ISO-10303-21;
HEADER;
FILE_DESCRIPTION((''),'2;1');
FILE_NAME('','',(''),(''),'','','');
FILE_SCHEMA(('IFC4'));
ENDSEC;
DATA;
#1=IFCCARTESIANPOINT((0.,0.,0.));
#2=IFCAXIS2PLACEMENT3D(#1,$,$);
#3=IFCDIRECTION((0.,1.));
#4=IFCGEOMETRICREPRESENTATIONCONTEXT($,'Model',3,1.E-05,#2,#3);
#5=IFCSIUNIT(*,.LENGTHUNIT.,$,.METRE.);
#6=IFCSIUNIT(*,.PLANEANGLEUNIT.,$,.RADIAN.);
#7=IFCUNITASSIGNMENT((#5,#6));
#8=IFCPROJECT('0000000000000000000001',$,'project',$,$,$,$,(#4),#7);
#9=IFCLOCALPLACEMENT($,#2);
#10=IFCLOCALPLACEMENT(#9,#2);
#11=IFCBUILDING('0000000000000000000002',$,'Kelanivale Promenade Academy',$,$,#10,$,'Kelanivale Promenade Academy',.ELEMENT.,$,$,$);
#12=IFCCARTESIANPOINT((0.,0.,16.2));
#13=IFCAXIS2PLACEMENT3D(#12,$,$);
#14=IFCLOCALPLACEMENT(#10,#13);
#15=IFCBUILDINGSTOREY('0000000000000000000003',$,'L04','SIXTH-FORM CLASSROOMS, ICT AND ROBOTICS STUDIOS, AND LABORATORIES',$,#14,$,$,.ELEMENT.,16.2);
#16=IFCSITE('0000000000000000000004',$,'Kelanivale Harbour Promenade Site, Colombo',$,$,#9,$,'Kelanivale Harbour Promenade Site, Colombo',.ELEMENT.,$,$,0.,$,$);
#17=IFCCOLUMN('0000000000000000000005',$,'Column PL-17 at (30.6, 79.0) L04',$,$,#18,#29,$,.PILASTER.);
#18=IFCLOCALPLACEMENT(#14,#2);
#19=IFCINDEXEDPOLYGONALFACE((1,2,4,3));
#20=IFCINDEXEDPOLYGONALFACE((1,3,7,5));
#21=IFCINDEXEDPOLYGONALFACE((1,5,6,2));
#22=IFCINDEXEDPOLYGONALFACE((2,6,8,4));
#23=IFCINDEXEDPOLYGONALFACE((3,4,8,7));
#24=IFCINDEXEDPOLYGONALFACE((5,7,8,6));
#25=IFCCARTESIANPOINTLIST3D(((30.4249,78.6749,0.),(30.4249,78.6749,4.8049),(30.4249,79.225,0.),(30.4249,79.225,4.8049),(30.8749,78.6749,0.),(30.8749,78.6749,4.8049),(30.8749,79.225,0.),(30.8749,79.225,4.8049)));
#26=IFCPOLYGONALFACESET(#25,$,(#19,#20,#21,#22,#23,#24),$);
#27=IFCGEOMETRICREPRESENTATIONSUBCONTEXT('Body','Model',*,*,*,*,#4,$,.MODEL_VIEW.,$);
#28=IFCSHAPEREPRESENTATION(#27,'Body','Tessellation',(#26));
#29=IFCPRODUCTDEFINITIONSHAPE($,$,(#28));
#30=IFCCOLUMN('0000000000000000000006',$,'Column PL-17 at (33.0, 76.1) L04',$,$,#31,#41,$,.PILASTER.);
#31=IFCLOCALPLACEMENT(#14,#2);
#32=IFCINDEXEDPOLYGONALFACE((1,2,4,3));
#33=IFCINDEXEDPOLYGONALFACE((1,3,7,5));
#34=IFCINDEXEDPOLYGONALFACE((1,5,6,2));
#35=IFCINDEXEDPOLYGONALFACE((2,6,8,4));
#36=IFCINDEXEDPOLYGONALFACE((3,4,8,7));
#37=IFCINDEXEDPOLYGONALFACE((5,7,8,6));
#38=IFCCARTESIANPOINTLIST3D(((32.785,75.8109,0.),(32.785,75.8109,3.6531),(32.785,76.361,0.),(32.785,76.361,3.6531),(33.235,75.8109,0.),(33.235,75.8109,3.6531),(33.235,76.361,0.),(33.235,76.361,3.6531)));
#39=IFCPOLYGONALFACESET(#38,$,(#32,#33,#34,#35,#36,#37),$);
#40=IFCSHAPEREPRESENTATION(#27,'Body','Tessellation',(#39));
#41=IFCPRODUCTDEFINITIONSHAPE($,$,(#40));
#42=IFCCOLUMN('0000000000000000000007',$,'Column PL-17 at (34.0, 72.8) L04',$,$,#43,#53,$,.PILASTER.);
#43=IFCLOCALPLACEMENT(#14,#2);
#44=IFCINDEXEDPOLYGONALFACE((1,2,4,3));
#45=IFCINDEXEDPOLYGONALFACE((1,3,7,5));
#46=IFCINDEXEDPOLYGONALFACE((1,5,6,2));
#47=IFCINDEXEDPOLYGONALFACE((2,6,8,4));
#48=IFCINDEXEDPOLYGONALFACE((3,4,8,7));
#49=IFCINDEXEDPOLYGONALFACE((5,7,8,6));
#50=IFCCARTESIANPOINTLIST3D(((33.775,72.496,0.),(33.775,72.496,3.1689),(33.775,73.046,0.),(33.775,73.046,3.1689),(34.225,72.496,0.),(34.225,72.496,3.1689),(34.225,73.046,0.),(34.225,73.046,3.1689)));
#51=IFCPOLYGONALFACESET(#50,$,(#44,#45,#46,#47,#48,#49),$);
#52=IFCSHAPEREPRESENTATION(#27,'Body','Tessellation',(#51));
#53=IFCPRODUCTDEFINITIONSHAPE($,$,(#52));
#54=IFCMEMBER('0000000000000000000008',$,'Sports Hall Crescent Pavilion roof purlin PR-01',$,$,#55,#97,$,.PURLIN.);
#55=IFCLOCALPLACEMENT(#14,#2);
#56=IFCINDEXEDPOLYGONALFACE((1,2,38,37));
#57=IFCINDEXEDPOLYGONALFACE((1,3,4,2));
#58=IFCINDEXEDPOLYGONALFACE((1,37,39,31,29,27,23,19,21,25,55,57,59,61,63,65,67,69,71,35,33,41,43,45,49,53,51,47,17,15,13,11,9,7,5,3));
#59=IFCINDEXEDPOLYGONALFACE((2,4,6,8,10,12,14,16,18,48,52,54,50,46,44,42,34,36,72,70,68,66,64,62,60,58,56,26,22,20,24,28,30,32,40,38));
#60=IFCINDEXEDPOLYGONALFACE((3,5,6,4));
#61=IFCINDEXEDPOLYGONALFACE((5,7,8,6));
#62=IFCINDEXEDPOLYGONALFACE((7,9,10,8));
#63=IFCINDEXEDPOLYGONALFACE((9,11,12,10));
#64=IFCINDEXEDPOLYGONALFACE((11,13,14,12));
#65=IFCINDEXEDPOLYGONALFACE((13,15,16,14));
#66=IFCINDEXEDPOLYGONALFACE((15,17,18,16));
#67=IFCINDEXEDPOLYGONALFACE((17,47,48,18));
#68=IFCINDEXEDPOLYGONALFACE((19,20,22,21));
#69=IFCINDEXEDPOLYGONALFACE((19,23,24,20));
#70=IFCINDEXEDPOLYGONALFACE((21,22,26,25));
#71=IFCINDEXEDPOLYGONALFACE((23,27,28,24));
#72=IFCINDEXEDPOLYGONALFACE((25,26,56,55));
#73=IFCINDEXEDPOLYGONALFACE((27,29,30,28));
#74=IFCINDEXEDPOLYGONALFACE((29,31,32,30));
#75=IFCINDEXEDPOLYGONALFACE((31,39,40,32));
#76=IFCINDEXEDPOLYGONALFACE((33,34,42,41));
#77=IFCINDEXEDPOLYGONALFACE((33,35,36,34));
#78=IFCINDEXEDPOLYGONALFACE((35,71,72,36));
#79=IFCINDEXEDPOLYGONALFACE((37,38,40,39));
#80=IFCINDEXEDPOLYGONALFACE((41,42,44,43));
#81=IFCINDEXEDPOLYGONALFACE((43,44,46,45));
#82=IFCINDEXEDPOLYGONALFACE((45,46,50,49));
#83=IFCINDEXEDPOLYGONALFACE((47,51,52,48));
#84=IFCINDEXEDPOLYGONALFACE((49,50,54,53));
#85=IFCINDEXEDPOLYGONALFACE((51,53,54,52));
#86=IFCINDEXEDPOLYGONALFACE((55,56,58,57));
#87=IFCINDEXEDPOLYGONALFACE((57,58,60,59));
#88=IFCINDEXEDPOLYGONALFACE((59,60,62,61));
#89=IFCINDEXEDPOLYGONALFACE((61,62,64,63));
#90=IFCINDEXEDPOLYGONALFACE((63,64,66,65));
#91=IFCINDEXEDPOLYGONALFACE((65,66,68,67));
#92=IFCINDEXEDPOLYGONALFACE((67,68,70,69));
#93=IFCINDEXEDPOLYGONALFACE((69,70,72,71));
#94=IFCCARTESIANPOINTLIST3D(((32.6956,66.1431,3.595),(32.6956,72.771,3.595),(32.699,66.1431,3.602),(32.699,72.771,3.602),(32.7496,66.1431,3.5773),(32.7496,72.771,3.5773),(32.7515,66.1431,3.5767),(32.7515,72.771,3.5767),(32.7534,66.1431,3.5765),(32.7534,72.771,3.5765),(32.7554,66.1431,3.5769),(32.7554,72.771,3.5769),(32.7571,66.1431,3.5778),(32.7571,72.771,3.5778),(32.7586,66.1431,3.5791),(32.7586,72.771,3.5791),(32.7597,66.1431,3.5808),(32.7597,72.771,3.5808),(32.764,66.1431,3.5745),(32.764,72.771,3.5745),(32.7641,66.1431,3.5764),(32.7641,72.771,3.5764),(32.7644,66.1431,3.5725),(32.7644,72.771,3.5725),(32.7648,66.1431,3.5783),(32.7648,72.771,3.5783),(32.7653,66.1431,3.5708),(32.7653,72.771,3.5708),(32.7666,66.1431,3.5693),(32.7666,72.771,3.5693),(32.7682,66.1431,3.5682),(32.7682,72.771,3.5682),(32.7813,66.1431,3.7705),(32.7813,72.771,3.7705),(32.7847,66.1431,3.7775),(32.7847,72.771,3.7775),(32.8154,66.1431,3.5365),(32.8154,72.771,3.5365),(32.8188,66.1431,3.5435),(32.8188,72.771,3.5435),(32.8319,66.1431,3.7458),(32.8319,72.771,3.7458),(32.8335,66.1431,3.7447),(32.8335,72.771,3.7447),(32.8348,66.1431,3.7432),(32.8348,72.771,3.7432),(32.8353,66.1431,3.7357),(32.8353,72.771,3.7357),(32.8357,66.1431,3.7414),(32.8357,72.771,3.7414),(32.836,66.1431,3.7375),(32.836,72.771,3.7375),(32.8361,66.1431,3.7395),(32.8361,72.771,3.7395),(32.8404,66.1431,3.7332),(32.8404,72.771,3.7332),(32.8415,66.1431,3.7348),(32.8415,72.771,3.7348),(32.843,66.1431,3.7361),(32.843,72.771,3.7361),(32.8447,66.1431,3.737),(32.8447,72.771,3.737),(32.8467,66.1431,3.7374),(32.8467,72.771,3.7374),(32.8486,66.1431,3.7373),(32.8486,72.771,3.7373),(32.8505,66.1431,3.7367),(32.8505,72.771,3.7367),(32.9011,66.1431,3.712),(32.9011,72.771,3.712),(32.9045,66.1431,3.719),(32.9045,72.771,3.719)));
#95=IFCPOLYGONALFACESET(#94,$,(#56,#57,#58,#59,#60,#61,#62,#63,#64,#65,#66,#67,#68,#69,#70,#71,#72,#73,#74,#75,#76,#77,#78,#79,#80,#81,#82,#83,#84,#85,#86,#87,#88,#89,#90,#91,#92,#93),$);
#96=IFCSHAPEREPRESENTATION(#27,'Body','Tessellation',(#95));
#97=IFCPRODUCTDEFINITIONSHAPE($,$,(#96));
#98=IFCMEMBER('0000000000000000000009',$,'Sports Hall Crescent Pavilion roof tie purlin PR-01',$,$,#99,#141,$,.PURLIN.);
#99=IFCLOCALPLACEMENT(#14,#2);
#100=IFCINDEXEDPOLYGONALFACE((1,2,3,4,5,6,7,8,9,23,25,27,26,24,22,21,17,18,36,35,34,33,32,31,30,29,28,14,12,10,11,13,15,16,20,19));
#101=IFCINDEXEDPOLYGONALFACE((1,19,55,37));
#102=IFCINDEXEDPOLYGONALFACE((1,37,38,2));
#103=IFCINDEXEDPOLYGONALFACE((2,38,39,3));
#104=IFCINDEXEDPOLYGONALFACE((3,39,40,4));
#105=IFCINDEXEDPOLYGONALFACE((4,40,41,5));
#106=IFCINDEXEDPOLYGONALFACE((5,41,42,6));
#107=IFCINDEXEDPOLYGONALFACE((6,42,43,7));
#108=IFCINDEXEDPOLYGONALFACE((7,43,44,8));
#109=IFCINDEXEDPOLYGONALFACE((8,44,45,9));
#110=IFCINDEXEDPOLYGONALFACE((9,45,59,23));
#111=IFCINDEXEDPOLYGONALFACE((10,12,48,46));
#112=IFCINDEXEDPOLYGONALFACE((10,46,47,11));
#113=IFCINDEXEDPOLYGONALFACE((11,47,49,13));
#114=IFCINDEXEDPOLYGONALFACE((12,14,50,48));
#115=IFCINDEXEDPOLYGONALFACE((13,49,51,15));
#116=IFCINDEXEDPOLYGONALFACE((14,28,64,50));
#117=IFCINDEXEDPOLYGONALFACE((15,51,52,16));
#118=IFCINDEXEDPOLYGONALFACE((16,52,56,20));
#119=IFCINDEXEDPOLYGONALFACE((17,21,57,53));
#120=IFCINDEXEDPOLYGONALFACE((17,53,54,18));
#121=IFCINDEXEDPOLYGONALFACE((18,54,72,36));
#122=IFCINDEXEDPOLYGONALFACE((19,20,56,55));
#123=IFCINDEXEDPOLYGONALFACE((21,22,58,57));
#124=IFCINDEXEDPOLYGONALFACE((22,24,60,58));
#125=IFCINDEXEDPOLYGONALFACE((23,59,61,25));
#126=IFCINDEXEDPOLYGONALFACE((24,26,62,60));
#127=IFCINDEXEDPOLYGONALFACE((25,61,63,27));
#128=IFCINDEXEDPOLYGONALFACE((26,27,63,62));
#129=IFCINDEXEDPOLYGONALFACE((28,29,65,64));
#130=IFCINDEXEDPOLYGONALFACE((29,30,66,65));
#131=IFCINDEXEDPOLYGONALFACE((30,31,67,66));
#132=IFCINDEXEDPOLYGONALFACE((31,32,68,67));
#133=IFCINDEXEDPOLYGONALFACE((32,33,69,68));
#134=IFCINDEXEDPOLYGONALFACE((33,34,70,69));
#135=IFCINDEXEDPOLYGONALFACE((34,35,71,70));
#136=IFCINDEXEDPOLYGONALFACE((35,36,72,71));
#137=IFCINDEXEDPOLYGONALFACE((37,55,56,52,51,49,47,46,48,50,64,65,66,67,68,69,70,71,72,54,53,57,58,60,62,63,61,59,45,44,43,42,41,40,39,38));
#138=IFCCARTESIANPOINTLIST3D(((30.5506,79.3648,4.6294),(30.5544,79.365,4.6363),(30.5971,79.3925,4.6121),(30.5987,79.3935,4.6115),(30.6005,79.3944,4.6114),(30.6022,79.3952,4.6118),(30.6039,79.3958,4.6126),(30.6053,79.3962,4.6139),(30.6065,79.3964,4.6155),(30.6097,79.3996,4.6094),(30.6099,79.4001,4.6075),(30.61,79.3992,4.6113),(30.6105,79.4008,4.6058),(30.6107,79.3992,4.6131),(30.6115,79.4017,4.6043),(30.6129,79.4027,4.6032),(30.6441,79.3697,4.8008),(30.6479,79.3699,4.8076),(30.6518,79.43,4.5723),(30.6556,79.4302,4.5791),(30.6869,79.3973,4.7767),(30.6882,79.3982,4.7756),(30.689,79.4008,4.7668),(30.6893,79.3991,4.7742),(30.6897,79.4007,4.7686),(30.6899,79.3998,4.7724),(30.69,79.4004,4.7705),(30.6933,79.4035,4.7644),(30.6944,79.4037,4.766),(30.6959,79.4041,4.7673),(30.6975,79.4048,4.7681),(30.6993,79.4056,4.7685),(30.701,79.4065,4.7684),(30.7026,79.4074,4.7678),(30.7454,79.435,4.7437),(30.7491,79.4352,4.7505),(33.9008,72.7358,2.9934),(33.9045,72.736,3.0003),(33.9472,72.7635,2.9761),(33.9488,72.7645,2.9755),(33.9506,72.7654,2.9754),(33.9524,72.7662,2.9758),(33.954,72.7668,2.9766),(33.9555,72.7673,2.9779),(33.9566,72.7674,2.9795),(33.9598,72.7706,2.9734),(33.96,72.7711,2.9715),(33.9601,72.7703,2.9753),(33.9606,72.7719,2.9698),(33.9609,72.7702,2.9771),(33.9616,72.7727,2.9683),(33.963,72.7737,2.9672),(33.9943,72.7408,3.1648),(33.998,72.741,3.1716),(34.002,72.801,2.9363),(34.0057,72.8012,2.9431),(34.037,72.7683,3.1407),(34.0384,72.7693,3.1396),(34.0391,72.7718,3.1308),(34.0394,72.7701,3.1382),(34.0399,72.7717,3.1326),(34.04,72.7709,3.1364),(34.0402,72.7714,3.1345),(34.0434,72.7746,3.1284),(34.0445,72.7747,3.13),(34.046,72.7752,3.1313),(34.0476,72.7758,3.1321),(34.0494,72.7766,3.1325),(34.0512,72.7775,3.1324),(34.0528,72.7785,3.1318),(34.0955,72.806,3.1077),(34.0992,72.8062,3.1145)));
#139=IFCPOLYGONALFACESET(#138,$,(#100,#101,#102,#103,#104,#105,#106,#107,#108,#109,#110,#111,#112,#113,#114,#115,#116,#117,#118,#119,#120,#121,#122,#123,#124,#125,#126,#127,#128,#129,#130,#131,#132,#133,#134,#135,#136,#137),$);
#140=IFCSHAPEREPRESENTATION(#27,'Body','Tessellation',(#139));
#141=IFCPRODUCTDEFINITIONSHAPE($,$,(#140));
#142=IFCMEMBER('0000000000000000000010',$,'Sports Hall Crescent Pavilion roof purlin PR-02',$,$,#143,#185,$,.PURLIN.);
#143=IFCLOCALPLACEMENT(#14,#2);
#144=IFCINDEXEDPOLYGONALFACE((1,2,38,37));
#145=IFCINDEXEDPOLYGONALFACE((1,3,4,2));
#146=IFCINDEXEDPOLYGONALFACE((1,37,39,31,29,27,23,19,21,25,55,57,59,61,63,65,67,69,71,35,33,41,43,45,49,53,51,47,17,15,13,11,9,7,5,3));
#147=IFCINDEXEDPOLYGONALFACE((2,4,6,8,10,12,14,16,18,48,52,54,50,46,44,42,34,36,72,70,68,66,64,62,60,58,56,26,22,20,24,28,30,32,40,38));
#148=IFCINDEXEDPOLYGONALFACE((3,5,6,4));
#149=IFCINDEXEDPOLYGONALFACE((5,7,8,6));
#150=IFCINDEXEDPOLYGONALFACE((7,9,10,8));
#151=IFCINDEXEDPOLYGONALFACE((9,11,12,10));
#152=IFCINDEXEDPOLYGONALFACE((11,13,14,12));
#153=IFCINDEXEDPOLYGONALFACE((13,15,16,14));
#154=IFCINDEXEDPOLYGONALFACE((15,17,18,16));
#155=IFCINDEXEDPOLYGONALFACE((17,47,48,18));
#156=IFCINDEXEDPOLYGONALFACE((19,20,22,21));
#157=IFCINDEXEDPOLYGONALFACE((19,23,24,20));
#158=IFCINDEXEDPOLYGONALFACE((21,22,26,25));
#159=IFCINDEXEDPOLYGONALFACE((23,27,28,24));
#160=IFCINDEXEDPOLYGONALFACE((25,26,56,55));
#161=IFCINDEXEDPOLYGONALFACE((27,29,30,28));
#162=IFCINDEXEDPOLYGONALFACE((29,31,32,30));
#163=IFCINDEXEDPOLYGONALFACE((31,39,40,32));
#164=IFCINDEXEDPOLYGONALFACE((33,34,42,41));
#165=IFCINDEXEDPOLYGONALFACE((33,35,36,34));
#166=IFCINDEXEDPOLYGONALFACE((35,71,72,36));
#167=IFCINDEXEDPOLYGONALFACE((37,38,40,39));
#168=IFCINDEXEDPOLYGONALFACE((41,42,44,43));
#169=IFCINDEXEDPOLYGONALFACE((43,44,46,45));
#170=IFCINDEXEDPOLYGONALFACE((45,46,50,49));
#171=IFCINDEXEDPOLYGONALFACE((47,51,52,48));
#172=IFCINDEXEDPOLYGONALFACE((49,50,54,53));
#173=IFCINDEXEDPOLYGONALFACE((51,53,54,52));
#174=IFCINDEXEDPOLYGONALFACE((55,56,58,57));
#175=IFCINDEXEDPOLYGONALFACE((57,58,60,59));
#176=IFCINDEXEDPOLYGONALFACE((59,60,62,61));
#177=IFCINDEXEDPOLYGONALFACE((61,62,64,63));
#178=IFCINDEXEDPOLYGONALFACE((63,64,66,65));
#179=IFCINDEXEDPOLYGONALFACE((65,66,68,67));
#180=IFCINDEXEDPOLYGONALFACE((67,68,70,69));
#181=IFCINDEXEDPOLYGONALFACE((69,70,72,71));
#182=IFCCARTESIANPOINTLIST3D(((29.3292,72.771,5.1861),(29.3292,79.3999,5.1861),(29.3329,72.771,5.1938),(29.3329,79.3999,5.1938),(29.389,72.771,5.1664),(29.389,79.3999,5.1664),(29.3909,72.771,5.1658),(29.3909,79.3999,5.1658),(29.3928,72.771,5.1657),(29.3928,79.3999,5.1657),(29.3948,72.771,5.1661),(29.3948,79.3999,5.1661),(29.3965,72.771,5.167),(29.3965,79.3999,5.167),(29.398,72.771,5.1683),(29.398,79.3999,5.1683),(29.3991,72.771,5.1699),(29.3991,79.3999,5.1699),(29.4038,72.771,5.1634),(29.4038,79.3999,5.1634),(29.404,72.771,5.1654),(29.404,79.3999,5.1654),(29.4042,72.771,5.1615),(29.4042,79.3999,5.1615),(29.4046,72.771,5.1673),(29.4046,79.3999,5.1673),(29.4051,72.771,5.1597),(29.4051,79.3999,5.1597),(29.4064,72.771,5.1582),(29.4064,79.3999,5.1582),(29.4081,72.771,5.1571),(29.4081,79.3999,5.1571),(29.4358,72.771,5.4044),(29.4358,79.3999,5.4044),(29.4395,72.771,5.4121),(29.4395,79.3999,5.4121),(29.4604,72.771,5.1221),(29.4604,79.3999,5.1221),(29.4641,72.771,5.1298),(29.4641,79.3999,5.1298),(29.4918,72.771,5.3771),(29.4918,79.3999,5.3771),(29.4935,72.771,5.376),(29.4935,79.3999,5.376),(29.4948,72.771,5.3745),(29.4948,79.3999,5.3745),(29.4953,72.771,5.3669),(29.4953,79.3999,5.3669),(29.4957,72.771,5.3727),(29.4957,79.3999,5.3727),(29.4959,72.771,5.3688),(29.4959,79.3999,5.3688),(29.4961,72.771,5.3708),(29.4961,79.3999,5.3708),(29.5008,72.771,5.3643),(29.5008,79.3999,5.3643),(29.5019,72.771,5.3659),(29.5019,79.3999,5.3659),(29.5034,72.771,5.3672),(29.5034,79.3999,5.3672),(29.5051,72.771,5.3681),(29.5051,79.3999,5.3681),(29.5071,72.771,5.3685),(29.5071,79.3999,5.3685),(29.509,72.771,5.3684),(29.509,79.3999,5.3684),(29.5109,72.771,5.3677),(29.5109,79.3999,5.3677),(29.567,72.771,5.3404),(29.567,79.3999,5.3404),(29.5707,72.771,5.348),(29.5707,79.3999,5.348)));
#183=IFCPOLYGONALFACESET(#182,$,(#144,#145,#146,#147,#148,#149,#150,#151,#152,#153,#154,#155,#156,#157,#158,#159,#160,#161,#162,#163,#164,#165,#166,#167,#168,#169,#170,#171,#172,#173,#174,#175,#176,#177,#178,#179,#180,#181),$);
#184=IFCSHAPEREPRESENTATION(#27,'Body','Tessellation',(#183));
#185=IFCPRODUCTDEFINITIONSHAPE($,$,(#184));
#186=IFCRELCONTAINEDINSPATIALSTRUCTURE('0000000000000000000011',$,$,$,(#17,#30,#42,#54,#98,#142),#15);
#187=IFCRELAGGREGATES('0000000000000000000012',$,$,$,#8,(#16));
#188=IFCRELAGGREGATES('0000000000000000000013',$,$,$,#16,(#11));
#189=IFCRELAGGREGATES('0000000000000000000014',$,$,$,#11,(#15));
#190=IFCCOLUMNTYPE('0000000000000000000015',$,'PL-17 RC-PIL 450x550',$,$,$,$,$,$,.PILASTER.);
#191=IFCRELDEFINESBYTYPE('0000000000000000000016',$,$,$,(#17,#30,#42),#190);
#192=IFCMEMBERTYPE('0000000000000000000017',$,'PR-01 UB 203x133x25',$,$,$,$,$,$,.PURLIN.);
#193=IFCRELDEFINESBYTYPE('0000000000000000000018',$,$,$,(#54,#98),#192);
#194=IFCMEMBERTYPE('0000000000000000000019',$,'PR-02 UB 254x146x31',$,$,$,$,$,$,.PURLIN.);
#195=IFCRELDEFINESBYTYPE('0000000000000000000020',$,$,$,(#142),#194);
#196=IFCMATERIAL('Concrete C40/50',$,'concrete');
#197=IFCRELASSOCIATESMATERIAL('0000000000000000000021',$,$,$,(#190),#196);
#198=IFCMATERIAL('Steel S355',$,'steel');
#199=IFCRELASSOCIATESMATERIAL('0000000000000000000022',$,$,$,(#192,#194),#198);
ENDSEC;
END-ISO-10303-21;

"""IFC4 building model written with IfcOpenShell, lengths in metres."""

from ifc_helpers import new_model, si_unit, direction, frame, origin, origin_2d, place, context, subcontext, project, spatial, rectangle, i_section, extrude, material, material_profile, profile_set, type_object, element, save


model = new_model("IFC4")

# Units and contexts
model_context = context("Model", 3, precision=1e-05, world=origin(), true_north=direction((0.0, 1.0)))
body_context = subcontext(model_context, "Body", "Model", "MODEL_VIEW")
ifc_project = project(units=[si_unit("LENGTHUNIT", "METRE"), si_unit("PLANEANGLEUNIT", "RADIAN")], contexts=[model_context])

# Site, building, storey
site_placement = place(None, origin())
site = spatial("IfcSite", under=ifc_project, at=site_placement, Name="Kelanivale Harbour Promenade Site, Colombo", LongName="Kelanivale Harbour Promenade Site, Colombo", CompositionType="ELEMENT", RefElevation=0.0)
building_placement = place(site_placement, origin())
building = spatial("IfcBuilding", under=site, at=building_placement, Name="Kelanivale Promenade Academy", LongName="Kelanivale Promenade Academy", CompositionType="ELEMENT")
storey_placement = place(building_placement, frame((0.0, 0.0, 16.2)))
storey = spatial("IfcBuildingStorey", under=building, at=storey_placement, Name="L04", Description="SIXTH-FORM CLASSROOMS, ICT AND ROBOTICS STUDIOS, AND LABORATORIES", CompositionType="ELEMENT", Elevation=16.2)

# Columns
ifc_material_1 = material(Name="Concrete C40/50", Category="concrete")
ifc_material_profile_1 = material_profile(ifc_material_1, rectangle(XDim=0.45, YDim=0.55, at=origin_2d()), Name="RC-PIL 450x550")
ifc_profile_set_1 = profile_set([ifc_material_profile_1], Name="Concrete C40/50")
column_type = type_object("IfcColumnType", Name="PL-17 RC-PIL 450x550", PredefinedType="PILASTER", material=ifc_profile_set_1)
column_1_placement = place(storey_placement, frame((30.6499, 78.95, 0.0), z_axis=(0.0, 0.0, 1.0), x_axis=(1.0, 0.0, 0.0)))
element("IfcColumn", 1, at=column_1_placement, inside=storey, type_object=column_type, Name="Column PL-17 at (30.6, 79.0) L04", PredefinedType="PILASTER", context=body_context, shape_type="SweptSolid", body=[
    extrude(rectangle(XDim=0.45, YDim=0.55, at=origin_2d()), origin(), (0.0, 0.0, 1.0), 4.8049),
])
column_2_placement = place(storey_placement, frame((33.01, 76.0859, 0.0), z_axis=(0.0, 0.0, 1.0), x_axis=(1.0, 0.0, 0.0)))
element("IfcColumn", 2, at=column_2_placement, inside=storey, type_object=column_type, Name="Column PL-17 at (33.0, 76.1) L04", PredefinedType="PILASTER", context=body_context, shape_type="SweptSolid", body=[
    extrude(rectangle(XDim=0.45, YDim=0.55, at=origin_2d()), origin(), (0.0, 0.0, 1.0), 3.6531),
])
column_3_placement = place(storey_placement, frame((34.0, 72.771, 0.0), z_axis=(0.0, 0.0, 1.0), x_axis=(1.0, 0.0, 0.0)))
element("IfcColumn", 3, at=column_3_placement, inside=storey, type_object=column_type, Name="Column PL-17 at (34.0, 72.8) L04", PredefinedType="PILASTER", context=body_context, shape_type="SweptSolid", body=[
    extrude(rectangle(XDim=0.45, YDim=0.55, at=origin_2d()), origin(), (0.0, 0.0, 1.0), 3.1689),
])

# Members
ifc_material_2 = material(Name="Steel S355", Category="steel")
ifc_material_profile_2 = material_profile(ifc_material_2, i_section(OverallWidth=0.1333, OverallDepth=0.2031, WebThickness=0.0056, FlangeThickness=0.0078, FilletRadius=0.0076, at=origin_2d()), Name="UB 203x133x25")
ifc_profile_set_2 = profile_set([ifc_material_profile_2], Name="Steel S355")
member_type_1 = type_object("IfcMemberType", Name="PR-01 UB 203x133x25", PredefinedType="PURLIN", material=ifc_profile_set_2)
member_1_placement = place(storey_placement, frame((32.8, 66.1431, 3.657), z_axis=(0.0, 1.0, 0.0), x_axis=(-0.898564, 0.0, 0.438842)))
element("IfcMember", 4, at=member_1_placement, inside=storey, type_object=member_type_1, Name="Sports Hall Crescent Pavilion roof purlin PR-01", PredefinedType="PURLIN", context=body_context, shape_type="SweptSolid", body=[
    extrude(i_section(OverallWidth=0.1333, OverallDepth=0.2031, WebThickness=0.0056, FlangeThickness=0.0078, FilletRadius=0.0076, at=origin_2d()), origin(), (0.0, 0.0, 1.0), 6.6279),
])
member_2_placement = place(storey_placement, frame((34.0, 72.771, 3.054), z_axis=(-0.44049, 0.871606, 0.215109), x_axis=(-0.75939, -0.489547, 0.428568)))
element("IfcMember", 5, at=member_2_placement, inside=storey, type_object=member_type_1, Name="Sports Hall Crescent Pavilion roof tie purlin PR-01", PredefinedType="PURLIN", context=body_context, shape_type="SweptSolid", body=[
    extrude(i_section(OverallWidth=0.1333, OverallDepth=0.2031, WebThickness=0.0056, FlangeThickness=0.0078, FilletRadius=0.0076, at=origin_2d()), origin(), (0.0, 0.0, 1.0), 7.6055),
])
ifc_material_profile_3 = material_profile(ifc_material_2, i_section(OverallWidth=0.146, OverallDepth=0.2515, WebThickness=0.0061, FlangeThickness=0.0085, FilletRadius=0.0076, at=origin_2d()), Name="UB 254x146x31")
ifc_profile_set_3 = profile_set([ifc_material_profile_3], Name="Steel S355")
member_type_2 = type_object("IfcMemberType", Name="PR-02 UB 254x146x31", PredefinedType="PURLIN", material=ifc_profile_set_3)
member_3_placement = place(storey_placement, frame((29.45, 72.771, 5.2671), z_axis=(0.0, 1.0, 0.0), x_axis=(-0.898564, 0.0, 0.438842)))
element("IfcMember", 6, at=member_3_placement, inside=storey, type_object=member_type_2, Name="Sports Hall Crescent Pavilion roof purlin PR-02", PredefinedType="PURLIN", context=body_context, shape_type="SweptSolid", body=[
    extrude(i_section(OverallWidth=0.146, OverallDepth=0.2515, WebThickness=0.0061, FlangeThickness=0.0085, FilletRadius=0.0076, at=origin_2d()), origin(), (0.0, 0.0, 1.0), 6.6289),
])

save(model, "model.ifc")
